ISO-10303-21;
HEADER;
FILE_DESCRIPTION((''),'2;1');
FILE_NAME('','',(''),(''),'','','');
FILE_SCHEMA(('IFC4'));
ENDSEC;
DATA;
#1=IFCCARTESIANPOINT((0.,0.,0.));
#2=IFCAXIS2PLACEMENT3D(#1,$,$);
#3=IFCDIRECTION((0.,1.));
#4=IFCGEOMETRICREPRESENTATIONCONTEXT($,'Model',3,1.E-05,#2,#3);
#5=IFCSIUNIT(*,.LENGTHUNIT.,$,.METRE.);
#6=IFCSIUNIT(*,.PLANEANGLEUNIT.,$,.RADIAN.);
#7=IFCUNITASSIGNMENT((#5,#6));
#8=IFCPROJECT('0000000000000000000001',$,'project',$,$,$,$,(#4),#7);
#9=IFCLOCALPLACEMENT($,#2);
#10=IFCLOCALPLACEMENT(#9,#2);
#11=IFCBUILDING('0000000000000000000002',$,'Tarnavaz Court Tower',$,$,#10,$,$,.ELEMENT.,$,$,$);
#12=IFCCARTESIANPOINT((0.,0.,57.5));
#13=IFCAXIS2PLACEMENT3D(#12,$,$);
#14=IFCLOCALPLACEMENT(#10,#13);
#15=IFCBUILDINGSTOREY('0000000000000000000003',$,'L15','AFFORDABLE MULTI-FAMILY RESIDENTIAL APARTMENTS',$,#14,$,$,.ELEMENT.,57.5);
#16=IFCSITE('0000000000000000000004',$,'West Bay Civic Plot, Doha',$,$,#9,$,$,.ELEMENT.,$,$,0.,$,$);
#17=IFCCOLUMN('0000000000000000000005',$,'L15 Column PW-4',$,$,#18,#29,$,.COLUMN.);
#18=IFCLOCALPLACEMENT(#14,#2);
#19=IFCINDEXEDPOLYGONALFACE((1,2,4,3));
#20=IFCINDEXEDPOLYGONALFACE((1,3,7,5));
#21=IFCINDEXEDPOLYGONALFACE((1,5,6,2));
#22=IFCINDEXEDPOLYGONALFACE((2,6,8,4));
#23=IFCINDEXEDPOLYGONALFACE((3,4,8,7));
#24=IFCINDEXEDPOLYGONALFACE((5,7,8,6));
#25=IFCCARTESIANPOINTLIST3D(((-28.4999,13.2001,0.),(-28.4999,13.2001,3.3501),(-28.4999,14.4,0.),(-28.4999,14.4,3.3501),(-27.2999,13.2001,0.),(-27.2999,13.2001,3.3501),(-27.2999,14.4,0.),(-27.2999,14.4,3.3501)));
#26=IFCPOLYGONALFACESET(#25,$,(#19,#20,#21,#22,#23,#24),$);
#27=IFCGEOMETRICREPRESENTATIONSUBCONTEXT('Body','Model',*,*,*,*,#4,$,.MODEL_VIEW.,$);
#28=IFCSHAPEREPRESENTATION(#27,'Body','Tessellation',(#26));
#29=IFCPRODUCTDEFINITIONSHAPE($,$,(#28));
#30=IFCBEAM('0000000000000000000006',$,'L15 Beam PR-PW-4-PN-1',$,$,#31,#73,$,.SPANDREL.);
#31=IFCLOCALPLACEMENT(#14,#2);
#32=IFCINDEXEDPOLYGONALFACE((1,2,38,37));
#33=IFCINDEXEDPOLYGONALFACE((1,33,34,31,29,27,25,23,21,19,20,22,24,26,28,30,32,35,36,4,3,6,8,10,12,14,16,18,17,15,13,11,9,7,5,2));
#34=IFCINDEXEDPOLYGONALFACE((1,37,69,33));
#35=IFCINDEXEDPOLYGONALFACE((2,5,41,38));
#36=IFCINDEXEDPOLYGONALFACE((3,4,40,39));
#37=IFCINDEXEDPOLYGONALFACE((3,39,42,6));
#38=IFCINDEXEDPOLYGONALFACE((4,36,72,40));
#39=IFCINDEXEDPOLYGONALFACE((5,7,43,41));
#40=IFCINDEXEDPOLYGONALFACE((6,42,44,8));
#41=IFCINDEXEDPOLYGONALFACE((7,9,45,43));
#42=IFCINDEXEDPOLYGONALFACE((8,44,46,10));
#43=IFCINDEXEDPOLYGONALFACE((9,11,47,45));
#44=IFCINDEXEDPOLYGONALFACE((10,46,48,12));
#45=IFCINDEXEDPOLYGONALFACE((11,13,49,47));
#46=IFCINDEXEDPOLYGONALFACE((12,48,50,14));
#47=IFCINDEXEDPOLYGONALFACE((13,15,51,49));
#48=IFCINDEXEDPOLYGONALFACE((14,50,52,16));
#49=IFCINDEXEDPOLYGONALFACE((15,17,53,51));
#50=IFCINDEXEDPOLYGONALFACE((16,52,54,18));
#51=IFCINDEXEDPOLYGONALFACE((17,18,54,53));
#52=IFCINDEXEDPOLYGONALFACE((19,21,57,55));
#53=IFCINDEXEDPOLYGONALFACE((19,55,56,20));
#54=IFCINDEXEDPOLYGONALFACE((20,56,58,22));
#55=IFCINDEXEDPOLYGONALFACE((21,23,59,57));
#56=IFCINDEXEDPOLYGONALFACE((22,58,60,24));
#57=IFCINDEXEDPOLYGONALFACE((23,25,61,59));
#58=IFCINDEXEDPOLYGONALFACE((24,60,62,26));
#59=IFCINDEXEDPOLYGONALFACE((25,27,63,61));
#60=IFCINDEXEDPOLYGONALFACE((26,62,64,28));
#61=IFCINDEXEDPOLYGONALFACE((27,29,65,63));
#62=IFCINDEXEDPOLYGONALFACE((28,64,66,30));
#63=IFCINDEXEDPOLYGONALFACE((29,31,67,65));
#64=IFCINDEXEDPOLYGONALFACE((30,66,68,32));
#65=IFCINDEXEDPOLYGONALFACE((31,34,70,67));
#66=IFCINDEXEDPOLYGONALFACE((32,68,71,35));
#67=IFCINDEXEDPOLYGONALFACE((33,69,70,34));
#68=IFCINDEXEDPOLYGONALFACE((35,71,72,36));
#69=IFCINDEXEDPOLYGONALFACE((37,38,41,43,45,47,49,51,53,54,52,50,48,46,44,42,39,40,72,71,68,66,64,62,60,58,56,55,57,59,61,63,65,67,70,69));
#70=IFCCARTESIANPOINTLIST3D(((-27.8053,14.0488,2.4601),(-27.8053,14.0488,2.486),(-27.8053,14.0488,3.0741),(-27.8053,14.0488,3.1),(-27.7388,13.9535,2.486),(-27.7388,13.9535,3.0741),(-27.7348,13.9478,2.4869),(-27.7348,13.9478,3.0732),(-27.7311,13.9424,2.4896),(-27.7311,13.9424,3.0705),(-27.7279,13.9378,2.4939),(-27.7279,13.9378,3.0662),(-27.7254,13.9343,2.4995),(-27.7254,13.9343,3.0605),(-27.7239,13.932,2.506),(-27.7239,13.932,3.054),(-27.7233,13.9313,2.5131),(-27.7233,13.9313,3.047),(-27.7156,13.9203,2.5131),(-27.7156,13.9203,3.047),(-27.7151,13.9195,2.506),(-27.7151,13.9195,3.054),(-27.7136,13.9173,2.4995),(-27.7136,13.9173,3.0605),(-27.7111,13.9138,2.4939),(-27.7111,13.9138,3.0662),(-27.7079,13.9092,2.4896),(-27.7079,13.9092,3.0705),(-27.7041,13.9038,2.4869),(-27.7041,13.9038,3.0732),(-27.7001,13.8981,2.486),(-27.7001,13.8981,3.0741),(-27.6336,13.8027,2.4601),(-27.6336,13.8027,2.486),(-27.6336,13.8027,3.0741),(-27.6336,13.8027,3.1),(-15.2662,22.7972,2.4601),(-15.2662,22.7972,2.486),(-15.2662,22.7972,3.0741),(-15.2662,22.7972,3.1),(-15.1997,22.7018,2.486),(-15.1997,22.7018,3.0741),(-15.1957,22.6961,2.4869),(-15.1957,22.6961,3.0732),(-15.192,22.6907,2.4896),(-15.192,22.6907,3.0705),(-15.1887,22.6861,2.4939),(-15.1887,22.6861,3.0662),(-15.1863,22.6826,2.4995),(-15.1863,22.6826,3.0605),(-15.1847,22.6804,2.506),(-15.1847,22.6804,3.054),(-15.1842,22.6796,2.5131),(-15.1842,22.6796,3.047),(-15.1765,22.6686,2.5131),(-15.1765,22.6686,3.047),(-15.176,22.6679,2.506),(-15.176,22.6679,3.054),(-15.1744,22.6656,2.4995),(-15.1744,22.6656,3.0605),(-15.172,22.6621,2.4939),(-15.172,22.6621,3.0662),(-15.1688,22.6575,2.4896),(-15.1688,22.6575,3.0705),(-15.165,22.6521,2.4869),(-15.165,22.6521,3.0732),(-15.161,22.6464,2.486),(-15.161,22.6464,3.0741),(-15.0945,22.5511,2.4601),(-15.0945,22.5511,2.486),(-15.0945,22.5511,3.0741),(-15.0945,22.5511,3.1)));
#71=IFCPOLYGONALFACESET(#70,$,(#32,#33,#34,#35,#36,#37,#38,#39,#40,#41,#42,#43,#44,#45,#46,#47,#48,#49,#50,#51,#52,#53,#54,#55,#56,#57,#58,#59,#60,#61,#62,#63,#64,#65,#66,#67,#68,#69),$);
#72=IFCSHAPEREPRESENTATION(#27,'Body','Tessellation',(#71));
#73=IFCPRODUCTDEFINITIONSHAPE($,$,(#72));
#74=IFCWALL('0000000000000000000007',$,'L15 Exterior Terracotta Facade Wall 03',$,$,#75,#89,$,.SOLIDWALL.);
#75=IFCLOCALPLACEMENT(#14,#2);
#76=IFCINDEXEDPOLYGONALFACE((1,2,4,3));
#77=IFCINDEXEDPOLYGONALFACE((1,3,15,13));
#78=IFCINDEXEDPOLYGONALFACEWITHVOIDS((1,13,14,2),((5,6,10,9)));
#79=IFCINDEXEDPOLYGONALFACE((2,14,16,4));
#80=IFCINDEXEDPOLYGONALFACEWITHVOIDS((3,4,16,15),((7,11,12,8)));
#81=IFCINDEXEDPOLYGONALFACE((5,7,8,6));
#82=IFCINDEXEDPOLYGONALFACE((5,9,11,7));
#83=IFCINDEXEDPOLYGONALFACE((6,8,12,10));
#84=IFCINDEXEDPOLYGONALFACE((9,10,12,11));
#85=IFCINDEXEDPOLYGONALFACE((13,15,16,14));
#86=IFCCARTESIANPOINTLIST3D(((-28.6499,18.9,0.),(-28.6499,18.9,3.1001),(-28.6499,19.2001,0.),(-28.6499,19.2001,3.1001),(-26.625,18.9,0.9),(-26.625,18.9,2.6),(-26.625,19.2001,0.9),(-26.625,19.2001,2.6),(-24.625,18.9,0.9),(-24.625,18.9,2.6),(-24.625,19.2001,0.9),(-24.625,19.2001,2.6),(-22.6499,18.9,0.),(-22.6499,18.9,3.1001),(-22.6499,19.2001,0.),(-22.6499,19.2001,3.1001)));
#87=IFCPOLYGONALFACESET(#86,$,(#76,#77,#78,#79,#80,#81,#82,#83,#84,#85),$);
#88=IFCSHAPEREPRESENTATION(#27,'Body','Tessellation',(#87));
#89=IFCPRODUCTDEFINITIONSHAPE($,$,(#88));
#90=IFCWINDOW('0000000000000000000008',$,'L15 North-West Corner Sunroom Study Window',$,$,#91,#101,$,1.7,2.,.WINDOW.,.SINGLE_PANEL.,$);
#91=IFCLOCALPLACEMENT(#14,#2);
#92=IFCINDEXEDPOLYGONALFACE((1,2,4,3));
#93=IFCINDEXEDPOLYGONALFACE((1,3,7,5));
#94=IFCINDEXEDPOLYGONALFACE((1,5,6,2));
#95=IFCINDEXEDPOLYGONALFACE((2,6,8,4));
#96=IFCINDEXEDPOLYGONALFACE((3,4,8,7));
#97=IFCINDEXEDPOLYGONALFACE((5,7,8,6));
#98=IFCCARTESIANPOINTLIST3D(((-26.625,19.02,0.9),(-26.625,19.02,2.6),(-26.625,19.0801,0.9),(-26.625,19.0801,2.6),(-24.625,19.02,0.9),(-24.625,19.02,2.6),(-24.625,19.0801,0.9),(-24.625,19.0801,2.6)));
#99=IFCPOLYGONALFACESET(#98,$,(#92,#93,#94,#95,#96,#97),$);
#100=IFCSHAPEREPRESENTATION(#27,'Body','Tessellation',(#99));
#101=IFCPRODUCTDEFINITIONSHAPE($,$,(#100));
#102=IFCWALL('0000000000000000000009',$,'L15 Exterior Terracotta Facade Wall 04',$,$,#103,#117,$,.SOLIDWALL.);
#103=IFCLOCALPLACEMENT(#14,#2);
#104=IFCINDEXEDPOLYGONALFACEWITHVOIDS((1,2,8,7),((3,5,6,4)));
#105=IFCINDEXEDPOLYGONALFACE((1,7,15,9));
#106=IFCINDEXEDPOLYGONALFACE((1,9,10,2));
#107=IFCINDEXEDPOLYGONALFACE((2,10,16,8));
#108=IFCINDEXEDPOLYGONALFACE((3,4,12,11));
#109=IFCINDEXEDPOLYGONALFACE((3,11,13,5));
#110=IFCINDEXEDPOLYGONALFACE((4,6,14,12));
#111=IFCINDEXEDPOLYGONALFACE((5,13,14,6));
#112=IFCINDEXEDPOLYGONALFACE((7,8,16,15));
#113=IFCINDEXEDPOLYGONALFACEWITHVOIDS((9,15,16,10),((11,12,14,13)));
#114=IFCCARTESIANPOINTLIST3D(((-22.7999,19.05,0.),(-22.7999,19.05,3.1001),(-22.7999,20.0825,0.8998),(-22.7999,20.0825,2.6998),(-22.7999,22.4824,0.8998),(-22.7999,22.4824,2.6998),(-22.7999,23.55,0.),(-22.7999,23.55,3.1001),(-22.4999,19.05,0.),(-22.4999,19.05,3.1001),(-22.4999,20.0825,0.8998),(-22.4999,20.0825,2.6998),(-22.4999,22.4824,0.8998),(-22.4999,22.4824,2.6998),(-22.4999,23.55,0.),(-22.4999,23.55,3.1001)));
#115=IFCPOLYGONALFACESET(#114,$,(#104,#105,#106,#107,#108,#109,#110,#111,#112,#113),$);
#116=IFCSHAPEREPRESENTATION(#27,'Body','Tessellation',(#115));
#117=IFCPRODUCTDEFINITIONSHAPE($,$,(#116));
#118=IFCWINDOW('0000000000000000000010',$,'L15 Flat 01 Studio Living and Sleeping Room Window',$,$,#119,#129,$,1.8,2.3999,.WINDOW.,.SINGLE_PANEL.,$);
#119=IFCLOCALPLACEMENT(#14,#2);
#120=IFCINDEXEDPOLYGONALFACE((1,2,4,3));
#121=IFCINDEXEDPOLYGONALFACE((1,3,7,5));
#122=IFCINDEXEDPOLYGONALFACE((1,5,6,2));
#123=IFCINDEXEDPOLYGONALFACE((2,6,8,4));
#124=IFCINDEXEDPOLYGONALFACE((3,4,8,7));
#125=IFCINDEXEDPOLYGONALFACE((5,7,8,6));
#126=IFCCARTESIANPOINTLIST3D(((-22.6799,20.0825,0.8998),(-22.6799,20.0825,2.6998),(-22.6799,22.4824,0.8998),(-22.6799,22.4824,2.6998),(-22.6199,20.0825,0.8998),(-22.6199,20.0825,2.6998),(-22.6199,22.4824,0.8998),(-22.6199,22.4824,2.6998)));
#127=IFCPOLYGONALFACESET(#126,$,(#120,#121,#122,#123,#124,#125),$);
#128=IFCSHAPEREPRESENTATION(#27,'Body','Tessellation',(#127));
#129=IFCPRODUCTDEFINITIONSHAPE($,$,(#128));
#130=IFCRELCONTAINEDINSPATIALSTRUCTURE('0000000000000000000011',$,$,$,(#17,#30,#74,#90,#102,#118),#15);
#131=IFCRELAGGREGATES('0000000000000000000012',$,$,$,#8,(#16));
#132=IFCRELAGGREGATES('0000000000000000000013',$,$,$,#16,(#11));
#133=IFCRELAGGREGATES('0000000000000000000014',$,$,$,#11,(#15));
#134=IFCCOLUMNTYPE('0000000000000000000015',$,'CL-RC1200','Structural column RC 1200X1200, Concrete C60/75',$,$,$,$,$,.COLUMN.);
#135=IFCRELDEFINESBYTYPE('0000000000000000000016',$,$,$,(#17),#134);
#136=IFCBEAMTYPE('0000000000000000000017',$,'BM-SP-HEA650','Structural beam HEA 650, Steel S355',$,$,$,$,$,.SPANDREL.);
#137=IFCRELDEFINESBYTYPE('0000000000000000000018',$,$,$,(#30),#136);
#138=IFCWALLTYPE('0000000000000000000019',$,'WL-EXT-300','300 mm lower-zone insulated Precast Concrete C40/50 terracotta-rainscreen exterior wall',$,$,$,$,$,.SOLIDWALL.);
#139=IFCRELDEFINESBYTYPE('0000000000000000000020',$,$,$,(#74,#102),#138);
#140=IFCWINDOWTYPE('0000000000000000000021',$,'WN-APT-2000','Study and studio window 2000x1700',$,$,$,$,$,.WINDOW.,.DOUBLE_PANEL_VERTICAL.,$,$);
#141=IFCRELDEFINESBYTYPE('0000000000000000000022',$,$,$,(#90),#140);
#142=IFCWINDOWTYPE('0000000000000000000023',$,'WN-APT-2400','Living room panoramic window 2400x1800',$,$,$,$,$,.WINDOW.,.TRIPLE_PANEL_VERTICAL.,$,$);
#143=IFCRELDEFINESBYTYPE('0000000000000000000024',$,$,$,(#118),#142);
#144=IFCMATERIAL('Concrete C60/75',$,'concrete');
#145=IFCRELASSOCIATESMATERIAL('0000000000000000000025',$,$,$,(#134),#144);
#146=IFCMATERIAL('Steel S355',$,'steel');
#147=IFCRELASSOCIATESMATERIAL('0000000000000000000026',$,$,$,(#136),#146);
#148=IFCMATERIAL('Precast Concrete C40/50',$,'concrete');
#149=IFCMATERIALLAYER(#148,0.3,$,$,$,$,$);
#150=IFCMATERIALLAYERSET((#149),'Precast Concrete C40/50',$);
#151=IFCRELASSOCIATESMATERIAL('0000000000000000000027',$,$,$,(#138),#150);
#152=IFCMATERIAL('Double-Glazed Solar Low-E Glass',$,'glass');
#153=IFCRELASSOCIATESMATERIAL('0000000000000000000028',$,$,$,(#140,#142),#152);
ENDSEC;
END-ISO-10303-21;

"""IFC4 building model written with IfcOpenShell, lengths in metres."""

from ifc_helpers import new_model, si_unit, direction, frame, frame_2d, origin, origin_2d, place, context, subcontext, project, spatial, rectangle, i_section, extrude, material, layer, layer_set, material_profile, profile_set, type_object, element, fill, save


model = new_model("IFC4")

# Units and contexts
model_context = context("Model", 3, precision=1e-05, world=origin(), true_north=direction((0.0, 1.0)))
body_context = subcontext(model_context, "Body", "Model", "MODEL_VIEW")
ifc_project = project(units=[si_unit("LENGTHUNIT", "METRE"), si_unit("PLANEANGLEUNIT", "RADIAN")], contexts=[model_context])

# Site, building, storey
site_placement = place(None, origin())
site = spatial("IfcSite", under=ifc_project, at=site_placement, Name="West Bay Civic Plot, Doha", CompositionType="ELEMENT", RefElevation=0.0)
building_placement = place(site_placement, origin())
building = spatial("IfcBuilding", under=site, at=building_placement, Name="Tarnavaz Court Tower", CompositionType="ELEMENT")
storey_placement = place(building_placement, frame((0.0, 0.0, 57.5)))
storey = spatial("IfcBuildingStorey", under=building, at=storey_placement, Name="L15", Description="AFFORDABLE MULTI-FAMILY RESIDENTIAL APARTMENTS", CompositionType="ELEMENT", Elevation=57.5)

# Column
ifc_material_1 = material(Name="Concrete C60/75", Category="concrete")
ifc_material_profile_1 = material_profile(ifc_material_1, rectangle(XDim=1.2, YDim=1.2, at=origin_2d()), Name="RC 1200X1200")
ifc_profile_set_1 = profile_set([ifc_material_profile_1], Name="Concrete C60/75")
column_type = type_object("IfcColumnType", Name="CL-RC1200", Description="Structural column RC 1200X1200, Concrete C60/75", PredefinedType="COLUMN", material=ifc_profile_set_1)
column_placement = place(storey_placement, frame((-27.8999, 13.8, 0.0), z_axis=(0.0, 0.0, 1.0), x_axis=(1.0, 0.0, 0.0)))
element("IfcColumn", 1, at=column_placement, inside=storey, type_object=column_type, Name="L15 Column PW-4", PredefinedType="COLUMN", context=body_context, shape_type="SweptSolid", body=[
    extrude(rectangle(XDim=1.2, YDim=1.2, at=origin_2d()), origin(), (0.0, 0.0, 1.0), 3.3501),
])

# Beam
ifc_material_2 = material(Name="Steel S355", Category="steel")
ifc_material_profile_2 = material_profile(ifc_material_2, i_section(OverallWidth=0.3, OverallDepth=0.6399, WebThickness=0.0134, FlangeThickness=0.0259, FilletRadius=0.0271, at=origin_2d()), Name="HEA 650")
ifc_profile_set_2 = profile_set([ifc_material_profile_2], Name="Steel S355")
beam_type = type_object("IfcBeamType", Name="BM-SP-HEA650", Description="Structural beam HEA 650, Steel S355", PredefinedType="SPANDREL", material=ifc_profile_set_2)
beam_placement = place(storey_placement, frame((-27.7195, 13.9258, 2.78), z_axis=(0.820124, 0.572186, 0.0), x_axis=(-0.572186, 0.820124, 0.0)))
element("IfcBeam", 2, at=beam_placement, inside=storey, type_object=beam_type, Name="L15 Beam PR-PW-4-PN-1", PredefinedType="SPANDREL", context=body_context, shape_type="SweptSolid", body=[
    extrude(i_section(OverallWidth=0.3, OverallDepth=0.6399, WebThickness=0.0134, FlangeThickness=0.0259, FilletRadius=0.0271, at=origin_2d()), origin(), (0.0, 0.0, 1.0), 15.2893),
])

# Walls, openings, windows
ifc_material_3 = material(Name="Precast Concrete C40/50", Category="concrete")
ifc_layer_1 = layer(ifc_material_3, 0.3)
ifc_layer_set_1 = layer_set([ifc_layer_1], Name="Precast Concrete C40/50")
wall_type_1 = type_object("IfcWallType", Name="WL-EXT-300", Description="300 mm lower-zone insulated Precast Concrete C40/50 terracotta-rainscreen exterior wall", PredefinedType="SOLIDWALL", material=ifc_layer_set_1)
wall_1_placement = place(storey_placement, frame((-28.6499, 19.05, 0.0), z_axis=(0.0, 0.0, 1.0), x_axis=(1.0, 0.0, 0.0)))
wall_1 = element("IfcWall", 3, at=wall_1_placement, inside=storey, type_object=wall_type_1, Name="L15 Exterior Terracotta Facade Wall 03", PredefinedType="SOLIDWALL", context=body_context, shape_type="SweptSolid", body=[
    extrude(rectangle(XDim=6.0, YDim=0.3, at=frame_2d((3.0, 0.0))), origin(), (0.0, 0.0, 1.0), 3.1001),
])
opening_1_placement = place(wall_1_placement, frame((2.0249, 0.0, 0.8999)))
opening_1 = element("IfcOpeningElement", 4, at=opening_1_placement, cuts=wall_1, PredefinedType="OPENING", context=body_context, shape_type="SweptSolid", body=[
    extrude(rectangle(XDim=2.0, YDim=1.7, at=frame_2d((1.0, 0.8501))), frame((0.0, 0.1599, 0.0), z_axis=(0.0, -1.0, 0.0), x_axis=(1.0, 0.0, 0.0)), (0.0, 0.0, 1.0), 0.3201),
])
ifc_material_4 = material(Name="Double-Glazed Solar Low-E Glass", Category="glass")
window_type_1 = type_object("IfcWindowType", Name="WN-APT-2000", Description="Study and studio window 2000x1700", PartitioningType="DOUBLE_PANEL_VERTICAL", PredefinedType="WINDOW", material=ifc_material_4)
window_1_placement = place(opening_1_placement, origin())
window_1 = element("IfcWindow", 5, at=window_1_placement, inside=storey, type_object=window_type_1, Name="L15 North-West Corner Sunroom Study Window", OverallHeight=1.7, OverallWidth=2.0, PartitioningType="SINGLE_PANEL", PredefinedType="WINDOW", context=body_context, shape_type="SweptSolid", body=[
    extrude(rectangle(XDim=2.0, YDim=1.7, at=frame_2d((1.0, 0.8501))), frame((0.0, 0.03, 0.0), z_axis=(0.0, -1.0, 0.0), x_axis=(1.0, 0.0, 0.0)), (0.0, 0.0, 1.0), 0.0601),
])
fill(opening_1, window_1)
wall_2_placement = place(storey_placement, frame((-22.6499, 19.05, 0.0), z_axis=(0.0, 0.0, 1.0), x_axis=(0.0, 1.0, 0.0)))
wall_2 = element("IfcWall", 6, at=wall_2_placement, inside=storey, type_object=wall_type_1, Name="L15 Exterior Terracotta Facade Wall 04", PredefinedType="SOLIDWALL", context=body_context, shape_type="SweptSolid", body=[
    extrude(rectangle(XDim=4.5, YDim=0.3, at=frame_2d((2.25, 0.0))), origin(), (0.0, 0.0, 1.0), 3.1001),
])
opening_2_placement = place(wall_2_placement, frame((1.0325, 0.0, 0.8999)))
opening_2 = element("IfcOpeningElement", 7, at=opening_2_placement, cuts=wall_2, PredefinedType="OPENING", context=body_context, shape_type="SweptSolid", body=[
    extrude(rectangle(XDim=2.3999, YDim=1.8, at=frame_2d((1.2, 0.8999))), frame((0.0, 0.1599, 0.0), z_axis=(0.0, -1.0, 0.0), x_axis=(1.0, 0.0, 0.0)), (0.0, 0.0, 1.0), 0.3201),
])
window_type_2 = type_object("IfcWindowType", Name="WN-APT-2400", Description="Living room panoramic window 2400x1800", PartitioningType="TRIPLE_PANEL_VERTICAL", PredefinedType="WINDOW", material=ifc_material_4)
window_2_placement = place(opening_2_placement, origin())
window_2 = element("IfcWindow", 8, at=window_2_placement, inside=storey, type_object=window_type_2, Name="L15 Flat 01 Studio Living and Sleeping Room Window", OverallHeight=1.8, OverallWidth=2.3999, PartitioningType="SINGLE_PANEL", PredefinedType="WINDOW", context=body_context, shape_type="SweptSolid", body=[
    extrude(rectangle(XDim=2.3999, YDim=1.8, at=frame_2d((1.2, 0.8999))), frame((0.0, 0.03, 0.0), z_axis=(0.0, -1.0, 0.0), x_axis=(1.0, 0.0, 0.0)), (0.0, 0.0, 1.0), 0.0601),
])
fill(opening_2, window_2)

save(model, "model.ifc")
